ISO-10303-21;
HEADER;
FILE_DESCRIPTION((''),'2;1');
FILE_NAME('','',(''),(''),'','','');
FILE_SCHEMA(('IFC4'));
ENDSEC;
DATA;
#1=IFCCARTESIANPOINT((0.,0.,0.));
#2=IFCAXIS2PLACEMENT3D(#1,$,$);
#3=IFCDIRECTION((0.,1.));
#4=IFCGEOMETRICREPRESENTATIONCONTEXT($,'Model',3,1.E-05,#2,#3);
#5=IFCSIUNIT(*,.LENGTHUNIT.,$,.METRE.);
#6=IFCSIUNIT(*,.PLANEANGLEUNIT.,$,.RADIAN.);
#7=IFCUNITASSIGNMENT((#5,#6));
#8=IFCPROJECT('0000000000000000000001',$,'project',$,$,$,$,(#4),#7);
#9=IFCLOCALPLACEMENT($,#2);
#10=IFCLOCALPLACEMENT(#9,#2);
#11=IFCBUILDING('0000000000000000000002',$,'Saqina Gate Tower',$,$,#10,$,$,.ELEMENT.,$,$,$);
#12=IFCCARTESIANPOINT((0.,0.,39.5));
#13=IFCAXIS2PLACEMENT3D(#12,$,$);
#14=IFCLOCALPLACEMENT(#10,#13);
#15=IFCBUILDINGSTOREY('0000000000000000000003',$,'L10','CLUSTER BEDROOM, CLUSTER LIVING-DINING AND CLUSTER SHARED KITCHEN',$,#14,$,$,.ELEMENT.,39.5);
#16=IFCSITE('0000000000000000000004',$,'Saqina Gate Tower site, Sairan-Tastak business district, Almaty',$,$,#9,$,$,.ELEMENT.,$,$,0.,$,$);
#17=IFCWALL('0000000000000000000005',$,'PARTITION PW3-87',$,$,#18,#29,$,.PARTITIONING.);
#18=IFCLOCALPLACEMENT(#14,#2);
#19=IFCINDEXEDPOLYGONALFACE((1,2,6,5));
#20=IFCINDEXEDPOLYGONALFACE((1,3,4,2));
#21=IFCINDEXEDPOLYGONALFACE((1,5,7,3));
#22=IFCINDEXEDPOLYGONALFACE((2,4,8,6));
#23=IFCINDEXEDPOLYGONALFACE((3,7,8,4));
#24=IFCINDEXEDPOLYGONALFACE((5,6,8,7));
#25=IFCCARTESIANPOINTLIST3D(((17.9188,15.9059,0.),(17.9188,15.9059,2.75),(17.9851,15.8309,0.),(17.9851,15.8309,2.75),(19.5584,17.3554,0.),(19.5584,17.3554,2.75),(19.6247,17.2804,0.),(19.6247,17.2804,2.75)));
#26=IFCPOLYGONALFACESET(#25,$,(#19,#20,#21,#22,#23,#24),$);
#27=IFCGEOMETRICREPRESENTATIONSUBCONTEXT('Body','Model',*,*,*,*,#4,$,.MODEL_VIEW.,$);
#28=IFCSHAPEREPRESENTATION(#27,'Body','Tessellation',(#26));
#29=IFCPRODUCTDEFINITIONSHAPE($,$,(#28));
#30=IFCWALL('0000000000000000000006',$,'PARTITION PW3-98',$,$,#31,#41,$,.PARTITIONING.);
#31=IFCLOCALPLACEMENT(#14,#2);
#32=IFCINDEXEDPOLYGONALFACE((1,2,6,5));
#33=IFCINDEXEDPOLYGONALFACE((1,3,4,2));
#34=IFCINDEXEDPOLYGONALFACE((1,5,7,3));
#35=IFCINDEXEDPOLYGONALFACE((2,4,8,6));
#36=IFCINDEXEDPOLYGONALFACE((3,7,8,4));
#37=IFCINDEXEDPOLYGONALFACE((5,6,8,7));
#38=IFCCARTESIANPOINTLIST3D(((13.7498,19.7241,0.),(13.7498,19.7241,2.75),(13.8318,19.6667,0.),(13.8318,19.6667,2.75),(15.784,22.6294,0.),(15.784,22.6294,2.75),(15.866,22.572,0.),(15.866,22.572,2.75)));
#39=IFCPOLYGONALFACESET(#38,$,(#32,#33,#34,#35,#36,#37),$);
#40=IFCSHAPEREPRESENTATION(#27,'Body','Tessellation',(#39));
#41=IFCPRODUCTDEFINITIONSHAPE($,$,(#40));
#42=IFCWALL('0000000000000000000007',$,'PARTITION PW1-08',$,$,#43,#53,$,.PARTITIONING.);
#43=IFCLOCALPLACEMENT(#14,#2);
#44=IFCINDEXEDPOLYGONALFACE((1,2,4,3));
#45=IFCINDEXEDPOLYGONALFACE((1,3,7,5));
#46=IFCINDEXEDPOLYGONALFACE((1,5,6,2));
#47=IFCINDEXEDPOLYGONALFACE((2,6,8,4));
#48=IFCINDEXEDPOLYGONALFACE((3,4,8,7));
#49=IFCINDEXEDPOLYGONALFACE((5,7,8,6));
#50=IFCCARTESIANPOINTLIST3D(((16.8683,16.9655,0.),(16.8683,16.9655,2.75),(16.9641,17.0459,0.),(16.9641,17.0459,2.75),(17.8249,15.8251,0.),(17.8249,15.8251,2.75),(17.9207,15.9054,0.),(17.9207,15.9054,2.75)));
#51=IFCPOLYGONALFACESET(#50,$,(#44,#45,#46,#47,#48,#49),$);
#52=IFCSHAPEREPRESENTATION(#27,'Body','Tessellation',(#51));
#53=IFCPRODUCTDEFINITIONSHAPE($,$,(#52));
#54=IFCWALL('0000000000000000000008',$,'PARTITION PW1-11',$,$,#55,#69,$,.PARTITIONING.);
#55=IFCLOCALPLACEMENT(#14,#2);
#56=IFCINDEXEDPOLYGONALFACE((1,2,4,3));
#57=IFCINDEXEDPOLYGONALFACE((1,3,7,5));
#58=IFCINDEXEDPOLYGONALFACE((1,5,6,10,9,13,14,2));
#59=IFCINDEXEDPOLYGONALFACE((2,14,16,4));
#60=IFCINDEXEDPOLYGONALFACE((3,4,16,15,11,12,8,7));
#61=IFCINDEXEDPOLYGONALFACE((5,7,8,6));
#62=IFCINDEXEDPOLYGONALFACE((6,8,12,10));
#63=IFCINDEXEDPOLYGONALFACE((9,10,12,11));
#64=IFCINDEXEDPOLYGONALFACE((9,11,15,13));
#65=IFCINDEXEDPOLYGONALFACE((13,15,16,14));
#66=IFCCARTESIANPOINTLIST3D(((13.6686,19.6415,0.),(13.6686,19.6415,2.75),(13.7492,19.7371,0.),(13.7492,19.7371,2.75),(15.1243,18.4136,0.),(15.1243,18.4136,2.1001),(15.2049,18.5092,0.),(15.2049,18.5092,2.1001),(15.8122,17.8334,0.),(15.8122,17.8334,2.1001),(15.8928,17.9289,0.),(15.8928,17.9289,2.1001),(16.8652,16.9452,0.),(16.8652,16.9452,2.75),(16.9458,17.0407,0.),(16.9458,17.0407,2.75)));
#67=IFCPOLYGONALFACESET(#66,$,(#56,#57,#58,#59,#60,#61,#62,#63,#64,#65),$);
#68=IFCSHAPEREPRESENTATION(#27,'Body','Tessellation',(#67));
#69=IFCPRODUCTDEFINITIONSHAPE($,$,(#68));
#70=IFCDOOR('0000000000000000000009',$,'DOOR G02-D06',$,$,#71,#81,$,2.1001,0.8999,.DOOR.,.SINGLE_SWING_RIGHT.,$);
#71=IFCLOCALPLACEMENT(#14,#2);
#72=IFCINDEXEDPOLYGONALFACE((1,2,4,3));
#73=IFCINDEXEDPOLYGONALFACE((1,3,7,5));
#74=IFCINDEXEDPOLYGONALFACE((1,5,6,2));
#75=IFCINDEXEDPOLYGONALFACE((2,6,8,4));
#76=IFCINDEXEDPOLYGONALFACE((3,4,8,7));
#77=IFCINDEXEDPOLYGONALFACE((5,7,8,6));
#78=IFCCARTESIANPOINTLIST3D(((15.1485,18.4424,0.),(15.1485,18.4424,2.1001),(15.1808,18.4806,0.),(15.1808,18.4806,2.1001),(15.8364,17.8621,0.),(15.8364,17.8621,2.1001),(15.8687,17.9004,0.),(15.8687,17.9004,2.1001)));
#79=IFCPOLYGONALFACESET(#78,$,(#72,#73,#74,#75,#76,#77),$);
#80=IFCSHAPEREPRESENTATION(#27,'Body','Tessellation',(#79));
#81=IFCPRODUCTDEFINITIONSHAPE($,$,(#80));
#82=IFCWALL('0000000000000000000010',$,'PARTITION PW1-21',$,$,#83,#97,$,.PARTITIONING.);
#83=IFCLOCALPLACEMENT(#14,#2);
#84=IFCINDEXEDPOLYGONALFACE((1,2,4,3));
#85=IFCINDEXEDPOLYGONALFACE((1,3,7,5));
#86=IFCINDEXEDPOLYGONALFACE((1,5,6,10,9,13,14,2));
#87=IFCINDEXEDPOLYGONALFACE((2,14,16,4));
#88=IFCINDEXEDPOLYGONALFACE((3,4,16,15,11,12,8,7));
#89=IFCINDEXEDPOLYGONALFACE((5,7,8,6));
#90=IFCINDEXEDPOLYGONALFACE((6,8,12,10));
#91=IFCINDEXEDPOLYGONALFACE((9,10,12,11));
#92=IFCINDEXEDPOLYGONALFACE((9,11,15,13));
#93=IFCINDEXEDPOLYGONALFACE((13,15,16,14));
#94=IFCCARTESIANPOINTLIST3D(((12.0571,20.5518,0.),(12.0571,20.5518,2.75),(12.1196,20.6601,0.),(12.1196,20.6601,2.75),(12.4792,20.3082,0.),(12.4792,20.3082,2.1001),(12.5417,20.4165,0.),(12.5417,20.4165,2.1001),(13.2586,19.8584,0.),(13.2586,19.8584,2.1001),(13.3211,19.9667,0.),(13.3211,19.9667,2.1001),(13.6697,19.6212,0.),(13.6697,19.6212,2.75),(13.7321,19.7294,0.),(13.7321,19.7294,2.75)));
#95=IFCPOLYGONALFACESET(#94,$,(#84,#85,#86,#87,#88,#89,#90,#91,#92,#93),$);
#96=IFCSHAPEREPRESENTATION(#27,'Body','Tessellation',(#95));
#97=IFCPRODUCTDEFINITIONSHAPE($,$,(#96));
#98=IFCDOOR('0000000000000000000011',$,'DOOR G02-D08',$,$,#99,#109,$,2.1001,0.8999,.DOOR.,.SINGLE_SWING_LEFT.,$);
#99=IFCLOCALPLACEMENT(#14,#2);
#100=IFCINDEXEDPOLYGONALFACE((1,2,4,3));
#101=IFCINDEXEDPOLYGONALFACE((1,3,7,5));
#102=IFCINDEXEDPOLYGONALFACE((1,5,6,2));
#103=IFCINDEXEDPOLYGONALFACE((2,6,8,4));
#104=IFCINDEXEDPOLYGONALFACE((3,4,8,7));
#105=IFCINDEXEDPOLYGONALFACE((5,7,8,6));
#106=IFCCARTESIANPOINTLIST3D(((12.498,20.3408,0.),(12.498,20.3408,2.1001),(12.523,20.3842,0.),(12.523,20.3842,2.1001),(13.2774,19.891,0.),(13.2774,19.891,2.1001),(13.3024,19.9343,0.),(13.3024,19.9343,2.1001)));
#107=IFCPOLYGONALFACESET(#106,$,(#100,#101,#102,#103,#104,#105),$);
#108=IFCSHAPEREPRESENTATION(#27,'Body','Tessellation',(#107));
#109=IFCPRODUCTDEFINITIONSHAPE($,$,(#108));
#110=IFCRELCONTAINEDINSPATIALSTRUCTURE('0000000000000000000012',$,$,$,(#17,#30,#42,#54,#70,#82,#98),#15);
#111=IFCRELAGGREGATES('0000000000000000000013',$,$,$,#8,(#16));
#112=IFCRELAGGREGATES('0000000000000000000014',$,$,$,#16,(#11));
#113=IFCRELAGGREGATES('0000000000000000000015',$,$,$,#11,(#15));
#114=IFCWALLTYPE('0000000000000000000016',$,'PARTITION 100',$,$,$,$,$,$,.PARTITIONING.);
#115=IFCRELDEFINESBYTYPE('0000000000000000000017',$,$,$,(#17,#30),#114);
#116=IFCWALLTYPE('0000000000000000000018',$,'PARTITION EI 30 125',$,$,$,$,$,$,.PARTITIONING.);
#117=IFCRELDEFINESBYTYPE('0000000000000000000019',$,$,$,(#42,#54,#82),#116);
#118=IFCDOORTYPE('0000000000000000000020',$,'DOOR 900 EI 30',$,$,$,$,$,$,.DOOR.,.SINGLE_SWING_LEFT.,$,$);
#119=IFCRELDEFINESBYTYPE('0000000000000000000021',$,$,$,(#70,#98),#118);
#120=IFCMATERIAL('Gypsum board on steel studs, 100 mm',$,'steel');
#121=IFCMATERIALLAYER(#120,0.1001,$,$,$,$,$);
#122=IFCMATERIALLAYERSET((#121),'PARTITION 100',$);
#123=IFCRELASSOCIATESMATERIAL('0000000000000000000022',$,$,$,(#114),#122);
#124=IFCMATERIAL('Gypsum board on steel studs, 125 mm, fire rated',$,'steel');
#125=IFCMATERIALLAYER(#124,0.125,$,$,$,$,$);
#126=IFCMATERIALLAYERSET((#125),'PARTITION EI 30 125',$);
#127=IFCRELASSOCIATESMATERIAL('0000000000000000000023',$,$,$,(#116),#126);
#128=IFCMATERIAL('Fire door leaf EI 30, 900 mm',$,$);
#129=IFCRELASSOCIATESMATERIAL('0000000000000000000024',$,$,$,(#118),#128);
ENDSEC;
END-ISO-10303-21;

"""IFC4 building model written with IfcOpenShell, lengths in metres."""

from ifc_helpers import new_model, si_unit, direction, frame, frame_2d, origin, place, context, subcontext, project, spatial, rectangle, extrude, material, layer, layer_set, type_object, element, fill, save


model = new_model("IFC4")

# Units and contexts
model_context = context("Model", 3, precision=1e-05, world=origin(), true_north=direction((0.0, 1.0)))
body_context = subcontext(model_context, "Body", "Model", "MODEL_VIEW")
ifc_project = project(units=[si_unit("LENGTHUNIT", "METRE"), si_unit("PLANEANGLEUNIT", "RADIAN")], contexts=[model_context])

# Site, building, storey
site_placement = place(None, origin())
site = spatial("IfcSite", under=ifc_project, at=site_placement, Name="Saqina Gate Tower site, Sairan-Tastak business district, Almaty", CompositionType="ELEMENT", RefElevation=0.0)
building_placement = place(site_placement, origin())
building = spatial("IfcBuilding", under=site, at=building_placement, Name="Saqina Gate Tower", CompositionType="ELEMENT")
storey_placement = place(building_placement, frame((0.0, 0.0, 39.5)))
storey = spatial("IfcBuildingStorey", under=building, at=storey_placement, Name="L10", Description="CLUSTER BEDROOM, CLUSTER LIVING-DINING AND CLUSTER SHARED KITCHEN", CompositionType="ELEMENT", Elevation=39.5)

# Shared definitions
ifc_material_1 = material(Name="Gypsum board on steel studs, 100 mm", Category="steel")
ifc_layer_1 = layer(ifc_material_1, 0.1001)
ifc_layer_set_1 = layer_set([ifc_layer_1], Name="PARTITION 100")
wall_type_1 = type_object("IfcWallType", Name="PARTITION 100", PredefinedType="PARTITIONING", material=ifc_layer_set_1)

# Walls
wall_1_placement = place(storey_placement, frame((17.9519, 15.8684, 0.0), z_axis=(0.0, 0.0, 1.0), x_axis=(0.749222, 0.662319, 0.0)))
element("IfcWall", 1, at=wall_1_placement, inside=storey, type_object=wall_type_1, Name="PARTITION PW3-87", PredefinedType="PARTITIONING", context=body_context, shape_type="SweptSolid", body=[
    extrude(rectangle(XDim=2.1885, YDim=0.1001, at=frame_2d((1.0942, 0.0))), origin(), (0.0, 0.0, 1.0), 2.75),
])
wall_2_placement = place(storey_placement, frame((13.7908, 19.6953, 0.0), z_axis=(0.0, 0.0, 1.0), x_axis=(0.573555, 0.819167, 0.0)))
element("IfcWall", 2, at=wall_2_placement, inside=storey, type_object=wall_type_1, Name="PARTITION PW3-98", PredefinedType="PARTITIONING", context=body_context, shape_type="SweptSolid", body=[
    extrude(rectangle(XDim=3.5466, YDim=0.1001, at=frame_2d((1.7734, 0.0))), origin(), (0.0, 0.0, 1.0), 2.75),
])
ifc_material_2 = material(Name="Gypsum board on steel studs, 125 mm, fire rated", Category="steel")
ifc_layer_2 = layer(ifc_material_2, 0.125)
ifc_layer_set_2 = layer_set([ifc_layer_2], Name="PARTITION EI 30 125")
wall_type_2 = type_object("IfcWallType", Name="PARTITION EI 30 125", PredefinedType="PARTITIONING", material=ifc_layer_set_2)
wall_3_placement = place(storey_placement, frame((16.9163, 17.0056, 0.0), z_axis=(0.0, 0.0, 1.0), x_axis=(0.64265, -0.76616, 0.0)))
element("IfcWall", 3, at=wall_3_placement, inside=storey, type_object=wall_type_2, Name="PARTITION PW1-08", PredefinedType="PARTITIONING", context=body_context, shape_type="SweptSolid", body=[
    extrude(rectangle(XDim=1.4885, YDim=0.125, at=frame_2d((0.7441, 0.0))), origin(), (0.0, 0.0, 1.0), 2.75),
])

# Walls, openings, doors
wall_4_placement = place(storey_placement, frame((13.709, 19.6892, 0.0), z_axis=(0.0, 0.0, 1.0), x_axis=(0.764384, -0.644761, 0.0)))
wall_4 = element("IfcWall", 4, at=wall_4_placement, inside=storey, type_object=wall_type_2, Name="PARTITION PW1-11", PredefinedType="PARTITIONING", context=body_context, shape_type="SweptSolid", body=[
    extrude(rectangle(XDim=4.1819, YDim=0.125, at=frame_2d((2.0908, 0.0))), origin(), (0.0, 0.0, 1.0), 2.75),
])
opening_1_placement = place(wall_4_placement, frame((1.9043, 0.0, 0.0)))
opening_1 = element("IfcOpeningElement", 5, at=opening_1_placement, cuts=wall_4, PredefinedType="OPENING", context=body_context, shape_type="SweptSolid", body=[
    extrude(rectangle(XDim=0.8999, YDim=2.1001, at=frame_2d((0.45, 1.05))), frame((0.0, 0.0745, 0.0), z_axis=(0.0, -1.0, 0.0), x_axis=(1.0, 0.0, 0.0)), (0.0, 0.0, 1.0), 0.1489),
])
ifc_material_3 = material(Name="Fire door leaf EI 30, 900 mm")
door_type_1 = type_object("IfcDoorType", Name="DOOR 900 EI 30", OperationType="SINGLE_SWING_LEFT", PredefinedType="DOOR", material=ifc_material_3)
door_1_placement = place(opening_1_placement, frame((0.8999, 0.0, 0.0), z_axis=(0.0, 0.0, 1.0), x_axis=(-1.0, 0.0, 0.0)))
door_1 = element("IfcDoor", 6, at=door_1_placement, inside=storey, type_object=door_type_1, Name="DOOR G02-D06", OperationType="SINGLE_SWING_RIGHT", OverallHeight=2.1001, OverallWidth=0.8999, PredefinedType="DOOR", context=body_context, shape_type="SweptSolid", body=[
    extrude(rectangle(XDim=0.8999, YDim=2.1001, at=frame_2d((0.45, 1.05))), frame((0.0, 0.0249, 0.0), z_axis=(0.0, -1.0, 0.0), x_axis=(1.0, 0.0, 0.0)), (0.0, 0.0, 1.0), 0.05),
])
fill(opening_1, door_1)
wall_5_placement = place(storey_placement, frame((12.0884, 20.606, 0.0), z_axis=(0.0, 0.0, 1.0), x_axis=(0.866105, -0.499862, 0.0)))
wall_5 = element("IfcWall", 7, at=wall_5_placement, inside=storey, type_object=wall_type_2, Name="PARTITION PW1-21", PredefinedType="PARTITIONING", context=body_context, shape_type="SweptSolid", body=[
    extrude(rectangle(XDim=1.8618, YDim=0.125, at=frame_2d((0.9309, 0.0))), origin(), (0.0, 0.0, 1.0), 2.75),
])
opening_2_placement = place(wall_5_placement, frame((0.4873, 0.0, 0.0)))
opening_2 = element("IfcOpeningElement", 8, at=opening_2_placement, cuts=wall_5, PredefinedType="OPENING", context=body_context, shape_type="SweptSolid", body=[
    extrude(rectangle(XDim=0.8999, YDim=2.1001, at=frame_2d((0.45, 1.05))), frame((0.0, 0.0745, 0.0), z_axis=(0.0, -1.0, 0.0), x_axis=(1.0, 0.0, 0.0)), (0.0, 0.0, 1.0), 0.1489),
])
door_2_placement = place(opening_2_placement, frame((0.8999, 0.0, 0.0), z_axis=(0.0, 0.0, 1.0), x_axis=(-1.0, 0.0, 0.0)))
door_2 = element("IfcDoor", 9, at=door_2_placement, inside=storey, type_object=door_type_1, Name="DOOR G02-D08", OperationType="SINGLE_SWING_LEFT", OverallHeight=2.1001, OverallWidth=0.8999, PredefinedType="DOOR", context=body_context, shape_type="SweptSolid", body=[
    extrude(rectangle(XDim=0.8999, YDim=2.1001, at=frame_2d((0.45, 1.05))), frame((0.0, 0.0249, 0.0), z_axis=(0.0, -1.0, 0.0), x_axis=(1.0, 0.0, 0.0)), (0.0, 0.0, 1.0), 0.05),
])
fill(opening_2, door_2)

save(model, "model.ifc")
